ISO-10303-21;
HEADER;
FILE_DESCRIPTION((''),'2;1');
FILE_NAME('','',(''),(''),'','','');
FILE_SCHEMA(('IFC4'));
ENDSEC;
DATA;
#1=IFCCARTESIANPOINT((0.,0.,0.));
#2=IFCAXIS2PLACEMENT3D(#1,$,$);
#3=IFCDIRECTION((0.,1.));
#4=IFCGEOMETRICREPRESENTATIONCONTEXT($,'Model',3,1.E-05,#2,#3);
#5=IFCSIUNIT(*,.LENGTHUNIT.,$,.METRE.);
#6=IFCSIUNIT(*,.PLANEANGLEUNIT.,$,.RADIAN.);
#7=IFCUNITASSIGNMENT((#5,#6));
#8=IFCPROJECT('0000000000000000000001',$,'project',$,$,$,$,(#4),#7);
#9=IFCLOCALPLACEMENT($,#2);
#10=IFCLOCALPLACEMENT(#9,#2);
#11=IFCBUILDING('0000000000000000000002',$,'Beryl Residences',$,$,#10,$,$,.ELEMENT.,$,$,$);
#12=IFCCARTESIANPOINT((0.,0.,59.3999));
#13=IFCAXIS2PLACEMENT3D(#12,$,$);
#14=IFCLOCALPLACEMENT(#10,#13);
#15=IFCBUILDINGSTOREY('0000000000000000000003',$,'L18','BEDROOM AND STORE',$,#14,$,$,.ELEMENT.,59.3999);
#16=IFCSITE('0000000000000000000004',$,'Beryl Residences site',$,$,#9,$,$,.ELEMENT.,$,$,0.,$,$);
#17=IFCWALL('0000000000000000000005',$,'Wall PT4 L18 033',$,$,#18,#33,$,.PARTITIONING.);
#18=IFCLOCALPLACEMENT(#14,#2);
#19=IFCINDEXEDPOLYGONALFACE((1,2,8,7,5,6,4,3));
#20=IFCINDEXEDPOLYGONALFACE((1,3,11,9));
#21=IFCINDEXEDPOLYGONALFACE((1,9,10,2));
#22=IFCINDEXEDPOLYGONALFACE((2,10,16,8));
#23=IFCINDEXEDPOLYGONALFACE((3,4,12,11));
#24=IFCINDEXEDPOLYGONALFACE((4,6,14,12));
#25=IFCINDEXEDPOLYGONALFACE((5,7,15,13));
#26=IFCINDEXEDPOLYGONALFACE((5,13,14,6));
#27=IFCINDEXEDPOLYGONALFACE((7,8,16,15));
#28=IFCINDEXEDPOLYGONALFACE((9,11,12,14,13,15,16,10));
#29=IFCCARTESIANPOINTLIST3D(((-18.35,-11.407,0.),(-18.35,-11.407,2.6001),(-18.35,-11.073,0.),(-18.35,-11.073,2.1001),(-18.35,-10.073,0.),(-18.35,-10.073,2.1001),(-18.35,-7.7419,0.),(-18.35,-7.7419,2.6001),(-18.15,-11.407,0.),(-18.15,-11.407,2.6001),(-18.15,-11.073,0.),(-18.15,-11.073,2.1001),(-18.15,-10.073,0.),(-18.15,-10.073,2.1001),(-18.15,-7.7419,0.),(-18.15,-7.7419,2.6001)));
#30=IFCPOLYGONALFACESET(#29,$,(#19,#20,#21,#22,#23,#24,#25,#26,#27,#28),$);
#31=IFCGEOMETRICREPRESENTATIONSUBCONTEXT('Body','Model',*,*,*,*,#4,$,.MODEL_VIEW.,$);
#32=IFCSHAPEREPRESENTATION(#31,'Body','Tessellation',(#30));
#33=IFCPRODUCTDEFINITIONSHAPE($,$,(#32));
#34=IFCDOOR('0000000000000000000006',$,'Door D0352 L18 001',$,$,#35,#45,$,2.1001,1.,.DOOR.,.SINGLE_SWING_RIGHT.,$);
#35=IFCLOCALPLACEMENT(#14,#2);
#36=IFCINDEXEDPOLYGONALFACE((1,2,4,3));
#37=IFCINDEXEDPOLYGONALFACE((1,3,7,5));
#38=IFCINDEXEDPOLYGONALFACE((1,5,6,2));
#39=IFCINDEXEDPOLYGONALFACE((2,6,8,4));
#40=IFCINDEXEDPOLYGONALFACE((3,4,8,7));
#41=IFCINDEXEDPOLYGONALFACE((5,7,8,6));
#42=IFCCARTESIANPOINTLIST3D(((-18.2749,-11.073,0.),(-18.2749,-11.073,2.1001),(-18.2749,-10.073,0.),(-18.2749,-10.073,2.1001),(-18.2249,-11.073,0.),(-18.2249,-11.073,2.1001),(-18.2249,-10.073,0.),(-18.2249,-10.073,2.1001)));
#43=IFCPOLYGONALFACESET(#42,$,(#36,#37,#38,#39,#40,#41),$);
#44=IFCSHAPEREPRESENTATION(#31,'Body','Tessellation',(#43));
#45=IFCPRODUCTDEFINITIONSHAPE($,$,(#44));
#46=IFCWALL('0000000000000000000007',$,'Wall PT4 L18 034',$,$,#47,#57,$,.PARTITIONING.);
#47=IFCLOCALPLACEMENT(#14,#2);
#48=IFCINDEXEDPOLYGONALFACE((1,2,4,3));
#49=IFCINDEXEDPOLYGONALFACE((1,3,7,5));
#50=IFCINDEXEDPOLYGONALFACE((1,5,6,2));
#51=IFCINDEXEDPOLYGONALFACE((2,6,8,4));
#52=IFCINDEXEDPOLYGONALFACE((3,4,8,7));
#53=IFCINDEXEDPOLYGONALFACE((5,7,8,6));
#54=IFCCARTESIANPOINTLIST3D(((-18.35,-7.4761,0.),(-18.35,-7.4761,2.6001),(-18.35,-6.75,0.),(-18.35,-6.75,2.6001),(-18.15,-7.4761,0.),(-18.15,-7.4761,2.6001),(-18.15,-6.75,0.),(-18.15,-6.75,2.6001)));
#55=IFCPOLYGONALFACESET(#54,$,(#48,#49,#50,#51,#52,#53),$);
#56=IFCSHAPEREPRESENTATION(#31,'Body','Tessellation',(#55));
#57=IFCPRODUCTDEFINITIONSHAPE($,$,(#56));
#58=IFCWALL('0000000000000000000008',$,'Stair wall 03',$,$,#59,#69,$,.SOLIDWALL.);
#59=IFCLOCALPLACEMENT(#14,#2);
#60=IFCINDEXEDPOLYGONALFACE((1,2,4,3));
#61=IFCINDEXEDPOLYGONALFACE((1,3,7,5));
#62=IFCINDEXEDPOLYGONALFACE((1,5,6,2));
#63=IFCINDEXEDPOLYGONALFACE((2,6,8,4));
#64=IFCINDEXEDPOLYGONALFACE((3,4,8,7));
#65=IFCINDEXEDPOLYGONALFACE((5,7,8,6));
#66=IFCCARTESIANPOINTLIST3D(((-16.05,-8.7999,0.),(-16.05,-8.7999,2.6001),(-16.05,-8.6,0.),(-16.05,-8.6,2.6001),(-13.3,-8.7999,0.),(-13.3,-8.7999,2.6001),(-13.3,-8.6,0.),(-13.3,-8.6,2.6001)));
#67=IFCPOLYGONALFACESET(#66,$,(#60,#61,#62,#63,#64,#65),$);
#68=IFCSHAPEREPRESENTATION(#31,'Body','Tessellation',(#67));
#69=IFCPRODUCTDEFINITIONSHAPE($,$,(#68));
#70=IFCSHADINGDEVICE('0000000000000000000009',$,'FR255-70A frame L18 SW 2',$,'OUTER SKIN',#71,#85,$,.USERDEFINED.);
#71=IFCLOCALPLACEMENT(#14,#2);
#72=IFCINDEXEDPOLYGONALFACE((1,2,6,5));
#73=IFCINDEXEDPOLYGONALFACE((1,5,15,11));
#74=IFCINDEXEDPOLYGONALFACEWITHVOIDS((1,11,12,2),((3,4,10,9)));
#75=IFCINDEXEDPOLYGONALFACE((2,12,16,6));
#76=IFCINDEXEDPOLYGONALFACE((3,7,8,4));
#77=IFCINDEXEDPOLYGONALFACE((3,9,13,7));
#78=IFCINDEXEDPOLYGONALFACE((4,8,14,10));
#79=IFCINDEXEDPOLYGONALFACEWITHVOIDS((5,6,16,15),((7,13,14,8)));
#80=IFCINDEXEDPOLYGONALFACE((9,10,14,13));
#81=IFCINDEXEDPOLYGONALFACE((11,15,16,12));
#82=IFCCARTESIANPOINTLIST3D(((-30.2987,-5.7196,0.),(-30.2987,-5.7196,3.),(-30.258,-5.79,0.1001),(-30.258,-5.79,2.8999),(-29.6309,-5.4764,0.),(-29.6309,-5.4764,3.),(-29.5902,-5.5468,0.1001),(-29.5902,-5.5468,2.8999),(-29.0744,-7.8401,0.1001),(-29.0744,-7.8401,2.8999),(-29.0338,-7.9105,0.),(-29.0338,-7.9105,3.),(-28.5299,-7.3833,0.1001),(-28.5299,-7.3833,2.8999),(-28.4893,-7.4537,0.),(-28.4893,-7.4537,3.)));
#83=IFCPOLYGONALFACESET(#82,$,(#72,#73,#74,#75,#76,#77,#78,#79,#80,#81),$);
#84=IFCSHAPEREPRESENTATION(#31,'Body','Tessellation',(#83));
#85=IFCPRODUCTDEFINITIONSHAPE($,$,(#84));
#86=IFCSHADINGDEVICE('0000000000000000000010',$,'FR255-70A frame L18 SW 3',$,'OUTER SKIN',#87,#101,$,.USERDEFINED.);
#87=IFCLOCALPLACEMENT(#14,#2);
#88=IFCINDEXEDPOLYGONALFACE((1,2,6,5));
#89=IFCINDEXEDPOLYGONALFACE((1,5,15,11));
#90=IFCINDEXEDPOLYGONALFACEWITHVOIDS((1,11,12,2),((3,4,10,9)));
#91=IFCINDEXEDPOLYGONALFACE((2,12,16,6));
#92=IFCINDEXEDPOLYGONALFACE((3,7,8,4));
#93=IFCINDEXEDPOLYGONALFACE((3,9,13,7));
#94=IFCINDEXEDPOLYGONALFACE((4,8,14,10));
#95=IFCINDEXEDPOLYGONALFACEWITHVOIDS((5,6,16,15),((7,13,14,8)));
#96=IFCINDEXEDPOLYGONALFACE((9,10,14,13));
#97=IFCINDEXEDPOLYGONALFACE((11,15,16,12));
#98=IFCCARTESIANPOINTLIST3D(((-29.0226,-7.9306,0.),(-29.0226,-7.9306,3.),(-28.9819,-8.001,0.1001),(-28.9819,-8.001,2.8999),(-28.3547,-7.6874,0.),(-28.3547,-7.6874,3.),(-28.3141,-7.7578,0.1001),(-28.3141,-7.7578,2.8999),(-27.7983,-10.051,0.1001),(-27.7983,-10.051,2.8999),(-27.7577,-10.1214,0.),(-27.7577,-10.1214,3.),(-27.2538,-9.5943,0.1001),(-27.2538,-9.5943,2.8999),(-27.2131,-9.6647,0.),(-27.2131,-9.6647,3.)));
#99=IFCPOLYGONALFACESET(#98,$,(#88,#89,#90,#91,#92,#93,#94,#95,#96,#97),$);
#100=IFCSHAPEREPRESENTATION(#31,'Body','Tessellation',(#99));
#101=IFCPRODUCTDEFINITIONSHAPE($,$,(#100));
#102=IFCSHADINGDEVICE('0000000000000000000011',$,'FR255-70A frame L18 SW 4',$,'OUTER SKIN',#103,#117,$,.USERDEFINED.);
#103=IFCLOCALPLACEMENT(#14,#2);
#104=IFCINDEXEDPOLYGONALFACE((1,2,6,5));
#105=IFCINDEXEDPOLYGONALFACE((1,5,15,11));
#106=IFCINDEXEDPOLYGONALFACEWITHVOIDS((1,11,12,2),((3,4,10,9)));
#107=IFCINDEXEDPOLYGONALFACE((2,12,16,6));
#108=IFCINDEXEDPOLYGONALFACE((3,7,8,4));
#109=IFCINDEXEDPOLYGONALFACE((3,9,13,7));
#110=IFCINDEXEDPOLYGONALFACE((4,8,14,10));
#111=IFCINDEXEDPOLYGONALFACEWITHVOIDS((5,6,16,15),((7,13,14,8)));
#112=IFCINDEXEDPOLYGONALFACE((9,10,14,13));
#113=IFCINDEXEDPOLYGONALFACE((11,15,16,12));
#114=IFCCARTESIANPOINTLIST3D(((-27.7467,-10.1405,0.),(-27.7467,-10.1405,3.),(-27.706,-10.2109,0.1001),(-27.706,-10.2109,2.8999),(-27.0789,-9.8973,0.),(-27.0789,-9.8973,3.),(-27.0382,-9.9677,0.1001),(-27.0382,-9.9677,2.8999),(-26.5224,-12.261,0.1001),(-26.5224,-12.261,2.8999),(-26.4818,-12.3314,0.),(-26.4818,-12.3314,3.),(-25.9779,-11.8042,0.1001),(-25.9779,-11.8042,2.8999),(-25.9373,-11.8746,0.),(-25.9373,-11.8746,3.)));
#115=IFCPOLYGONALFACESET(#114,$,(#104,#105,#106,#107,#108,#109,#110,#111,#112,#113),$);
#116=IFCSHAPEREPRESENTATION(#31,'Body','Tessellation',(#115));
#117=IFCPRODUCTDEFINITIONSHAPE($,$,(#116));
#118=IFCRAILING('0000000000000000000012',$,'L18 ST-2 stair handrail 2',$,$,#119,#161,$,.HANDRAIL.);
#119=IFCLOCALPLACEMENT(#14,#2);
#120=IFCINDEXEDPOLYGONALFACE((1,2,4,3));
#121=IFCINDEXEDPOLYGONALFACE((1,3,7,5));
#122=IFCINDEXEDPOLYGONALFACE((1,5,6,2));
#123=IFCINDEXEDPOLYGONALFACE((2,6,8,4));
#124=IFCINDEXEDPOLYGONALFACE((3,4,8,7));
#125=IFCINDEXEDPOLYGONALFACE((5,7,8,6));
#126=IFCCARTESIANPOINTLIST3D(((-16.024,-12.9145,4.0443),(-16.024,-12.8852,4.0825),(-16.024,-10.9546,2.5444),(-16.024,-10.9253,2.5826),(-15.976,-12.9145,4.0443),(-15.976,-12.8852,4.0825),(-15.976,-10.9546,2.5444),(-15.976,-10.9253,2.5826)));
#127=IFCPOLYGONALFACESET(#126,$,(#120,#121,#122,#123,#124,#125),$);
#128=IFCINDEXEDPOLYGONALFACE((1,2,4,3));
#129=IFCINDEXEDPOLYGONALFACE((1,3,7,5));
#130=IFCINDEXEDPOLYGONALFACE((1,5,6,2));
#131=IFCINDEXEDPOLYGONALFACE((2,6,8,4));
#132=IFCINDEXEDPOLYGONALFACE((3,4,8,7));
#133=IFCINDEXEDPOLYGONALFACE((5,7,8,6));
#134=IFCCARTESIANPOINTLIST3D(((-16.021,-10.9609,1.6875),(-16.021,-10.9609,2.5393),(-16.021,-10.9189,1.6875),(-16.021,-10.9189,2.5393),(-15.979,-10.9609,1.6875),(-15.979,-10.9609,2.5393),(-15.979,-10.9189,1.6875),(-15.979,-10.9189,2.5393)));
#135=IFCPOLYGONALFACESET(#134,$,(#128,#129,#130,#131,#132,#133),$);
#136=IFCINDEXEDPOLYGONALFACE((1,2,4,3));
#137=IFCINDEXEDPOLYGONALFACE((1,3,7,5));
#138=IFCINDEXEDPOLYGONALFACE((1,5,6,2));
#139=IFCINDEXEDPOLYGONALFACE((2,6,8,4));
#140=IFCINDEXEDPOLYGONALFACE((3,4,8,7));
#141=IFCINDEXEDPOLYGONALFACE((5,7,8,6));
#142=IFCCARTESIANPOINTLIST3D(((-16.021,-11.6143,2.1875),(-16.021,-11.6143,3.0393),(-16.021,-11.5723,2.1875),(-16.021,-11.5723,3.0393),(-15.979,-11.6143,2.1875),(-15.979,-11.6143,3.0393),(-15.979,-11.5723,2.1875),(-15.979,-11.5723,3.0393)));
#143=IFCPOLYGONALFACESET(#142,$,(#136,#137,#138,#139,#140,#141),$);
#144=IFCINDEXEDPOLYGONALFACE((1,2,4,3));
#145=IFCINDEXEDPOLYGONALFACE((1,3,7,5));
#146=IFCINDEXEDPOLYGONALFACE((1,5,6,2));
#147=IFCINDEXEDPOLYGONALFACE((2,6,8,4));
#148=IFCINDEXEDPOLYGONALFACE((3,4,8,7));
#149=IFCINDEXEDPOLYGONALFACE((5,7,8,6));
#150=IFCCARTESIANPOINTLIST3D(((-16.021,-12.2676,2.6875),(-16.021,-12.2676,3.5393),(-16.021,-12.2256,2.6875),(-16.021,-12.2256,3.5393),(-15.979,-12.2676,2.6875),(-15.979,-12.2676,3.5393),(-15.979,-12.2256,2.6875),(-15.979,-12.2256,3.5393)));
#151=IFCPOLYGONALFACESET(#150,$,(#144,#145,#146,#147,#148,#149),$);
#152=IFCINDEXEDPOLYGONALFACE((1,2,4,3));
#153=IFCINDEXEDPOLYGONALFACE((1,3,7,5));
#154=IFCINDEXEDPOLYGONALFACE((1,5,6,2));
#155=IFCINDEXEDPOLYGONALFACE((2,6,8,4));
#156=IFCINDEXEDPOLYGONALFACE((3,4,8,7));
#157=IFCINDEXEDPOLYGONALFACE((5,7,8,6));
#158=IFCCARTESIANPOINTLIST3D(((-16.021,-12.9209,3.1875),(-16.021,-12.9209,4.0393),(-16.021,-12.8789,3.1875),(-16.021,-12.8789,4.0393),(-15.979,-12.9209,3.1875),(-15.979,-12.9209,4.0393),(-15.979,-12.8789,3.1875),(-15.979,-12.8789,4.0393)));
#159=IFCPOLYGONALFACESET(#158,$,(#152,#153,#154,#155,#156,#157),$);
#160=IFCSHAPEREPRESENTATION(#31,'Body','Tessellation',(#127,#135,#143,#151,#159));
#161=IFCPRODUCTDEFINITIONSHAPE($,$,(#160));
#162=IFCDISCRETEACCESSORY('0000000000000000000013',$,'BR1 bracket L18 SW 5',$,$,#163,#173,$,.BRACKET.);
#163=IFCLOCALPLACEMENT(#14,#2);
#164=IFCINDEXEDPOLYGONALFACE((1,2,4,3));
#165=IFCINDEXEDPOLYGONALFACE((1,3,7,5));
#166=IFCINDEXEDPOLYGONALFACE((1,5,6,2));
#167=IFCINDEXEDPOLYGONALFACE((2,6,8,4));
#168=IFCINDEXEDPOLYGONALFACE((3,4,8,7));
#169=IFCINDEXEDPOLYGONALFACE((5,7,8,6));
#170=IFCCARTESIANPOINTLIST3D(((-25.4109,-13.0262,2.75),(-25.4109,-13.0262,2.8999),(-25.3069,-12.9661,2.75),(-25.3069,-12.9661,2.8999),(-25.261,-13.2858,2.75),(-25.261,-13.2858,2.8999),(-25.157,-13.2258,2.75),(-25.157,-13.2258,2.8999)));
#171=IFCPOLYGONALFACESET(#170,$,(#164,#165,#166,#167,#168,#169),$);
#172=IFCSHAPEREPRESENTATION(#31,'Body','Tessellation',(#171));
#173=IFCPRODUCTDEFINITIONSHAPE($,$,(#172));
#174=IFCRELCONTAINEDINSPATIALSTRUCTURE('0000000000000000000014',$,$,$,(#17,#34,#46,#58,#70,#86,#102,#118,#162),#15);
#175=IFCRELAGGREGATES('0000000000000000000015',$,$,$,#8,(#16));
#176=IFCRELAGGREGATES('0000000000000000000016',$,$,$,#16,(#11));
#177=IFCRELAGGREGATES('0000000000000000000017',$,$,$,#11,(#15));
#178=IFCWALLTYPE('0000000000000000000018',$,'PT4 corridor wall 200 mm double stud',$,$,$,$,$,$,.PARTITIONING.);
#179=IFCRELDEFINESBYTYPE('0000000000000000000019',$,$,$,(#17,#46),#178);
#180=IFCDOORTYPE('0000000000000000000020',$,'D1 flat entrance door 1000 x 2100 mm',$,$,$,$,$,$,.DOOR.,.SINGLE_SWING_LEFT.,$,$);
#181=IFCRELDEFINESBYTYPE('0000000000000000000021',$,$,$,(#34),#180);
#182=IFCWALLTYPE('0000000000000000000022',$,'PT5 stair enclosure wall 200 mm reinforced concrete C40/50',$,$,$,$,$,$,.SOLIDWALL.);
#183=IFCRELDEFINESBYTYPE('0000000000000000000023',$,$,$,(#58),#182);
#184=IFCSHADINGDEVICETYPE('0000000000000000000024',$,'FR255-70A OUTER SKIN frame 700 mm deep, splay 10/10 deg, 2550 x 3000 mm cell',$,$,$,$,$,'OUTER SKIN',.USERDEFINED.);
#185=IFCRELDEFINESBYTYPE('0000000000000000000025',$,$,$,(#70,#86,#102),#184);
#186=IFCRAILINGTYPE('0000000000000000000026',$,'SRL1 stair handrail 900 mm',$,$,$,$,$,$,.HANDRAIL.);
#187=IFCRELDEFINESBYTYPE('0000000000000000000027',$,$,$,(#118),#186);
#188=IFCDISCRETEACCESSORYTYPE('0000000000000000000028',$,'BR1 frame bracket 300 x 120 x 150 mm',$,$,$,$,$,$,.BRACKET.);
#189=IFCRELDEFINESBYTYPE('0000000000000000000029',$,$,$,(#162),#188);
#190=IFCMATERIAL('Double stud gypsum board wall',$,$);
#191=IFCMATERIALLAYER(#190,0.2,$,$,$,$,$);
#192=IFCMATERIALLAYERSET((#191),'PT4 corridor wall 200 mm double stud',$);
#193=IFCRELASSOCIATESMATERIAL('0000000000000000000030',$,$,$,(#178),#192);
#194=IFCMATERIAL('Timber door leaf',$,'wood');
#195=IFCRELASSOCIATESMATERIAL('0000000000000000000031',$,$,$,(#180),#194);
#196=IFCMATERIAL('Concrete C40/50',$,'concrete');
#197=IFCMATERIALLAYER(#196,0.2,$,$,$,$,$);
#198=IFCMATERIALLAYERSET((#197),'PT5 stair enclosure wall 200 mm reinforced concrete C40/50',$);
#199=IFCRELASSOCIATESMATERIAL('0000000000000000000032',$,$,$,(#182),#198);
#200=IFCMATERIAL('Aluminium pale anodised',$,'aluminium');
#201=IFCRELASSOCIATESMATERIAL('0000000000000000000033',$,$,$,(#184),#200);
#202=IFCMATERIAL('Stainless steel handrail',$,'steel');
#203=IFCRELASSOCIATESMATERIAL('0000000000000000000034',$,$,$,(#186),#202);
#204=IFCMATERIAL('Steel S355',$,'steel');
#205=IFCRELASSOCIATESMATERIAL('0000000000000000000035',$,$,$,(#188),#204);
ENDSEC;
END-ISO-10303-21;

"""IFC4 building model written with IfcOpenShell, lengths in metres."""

from ifc_helpers import new_model, entity, si_unit, direction, frame, frame_2d, origin, origin_2d, place, context, subcontext, project, spatial, polyline, rectangle, outline, extrude, source, transform, mapped, material, layer, layer_set, type_object, type_shapes, element, fill, save


model = new_model("IFC4")

# Units and contexts
model_context = context("Model", 3, precision=1e-05, world=origin(), true_north=direction((0.0, 1.0)))
body_context = subcontext(model_context, "Body", "Model", "MODEL_VIEW")
ifc_project = project(units=[si_unit("LENGTHUNIT", "METRE"), si_unit("PLANEANGLEUNIT", "RADIAN")], contexts=[model_context])

# Site, building, storey
site_placement = place(None, origin())
site = spatial("IfcSite", under=ifc_project, at=site_placement, Name="Beryl Residences site", CompositionType="ELEMENT", RefElevation=0.0)
building_placement = place(site_placement, origin())
building = spatial("IfcBuilding", under=site, at=building_placement, Name="Beryl Residences", CompositionType="ELEMENT")
storey_placement = place(building_placement, frame((0.0, 0.0, 59.3999)))
storey = spatial("IfcBuildingStorey", under=building, at=storey_placement, Name="L18", Description="BEDROOM AND STORE", CompositionType="ELEMENT", Elevation=59.3999)

# Shared definitions
ifc_material_1 = material(Name="Double stud gypsum board wall")
ifc_layer_1 = layer(ifc_material_1, 0.2)
ifc_layer_set_1 = layer_set([ifc_layer_1], Name="PT4 corridor wall 200 mm double stud")
wall_type_1 = type_object("IfcWallType", Name="PT4 corridor wall 200 mm double stud", PredefinedType="PARTITIONING", material=ifc_layer_set_1)

# Wall, opening, door
wall_1_placement = place(storey_placement, frame((-18.25, -11.407, 0.0), z_axis=(0.0, 0.0, 1.0), x_axis=(0.0, 1.0, 0.0)))
wall_1 = element("IfcWall", 1, at=wall_1_placement, inside=storey, type_object=wall_type_1, Name="Wall PT4 L18 033", PredefinedType="PARTITIONING", context=body_context, shape_type="SweptSolid", body=[
    extrude(rectangle(XDim=3.665, YDim=0.2, at=frame_2d((1.8325, 0.0))), origin(), (0.0, 0.0, 1.0), 2.6001),
])
opening_1_placement = place(wall_1_placement, frame((0.334, 0.0, 0.0)))
opening_1 = element("IfcOpeningElement", 2, at=opening_1_placement, cuts=wall_1, PredefinedType="OPENING", context=body_context, shape_type="SweptSolid", body=[
    extrude(rectangle(XDim=1.0, YDim=2.1001, at=frame_2d((0.5, 1.05))), frame((0.0, 0.1099, 0.0), z_axis=(0.0, -1.0, 0.0), x_axis=(1.0, 0.0, 0.0)), (0.0, 0.0, 1.0), 0.22),
])
ifc_material_2 = material(Name="Timber door leaf", Category="wood")
door_type_1 = type_object("IfcDoorType", Name="D1 flat entrance door 1000 x 2100 mm", OperationType="SINGLE_SWING_LEFT", PredefinedType="DOOR", material=ifc_material_2)
door_1_placement = place(opening_1_placement, origin())
door_1 = element("IfcDoor", 3, at=door_1_placement, inside=storey, type_object=door_type_1, Name="Door D0352 L18 001", OperationType="SINGLE_SWING_RIGHT", OverallHeight=2.1001, OverallWidth=1.0, PredefinedType="DOOR", context=body_context, shape_type="SweptSolid", body=[
    extrude(rectangle(XDim=1.0, YDim=2.1001, at=frame_2d((0.5, 1.05))), frame((0.0, 0.0249, 0.0), z_axis=(0.0, -1.0, 0.0), x_axis=(1.0, 0.0, 0.0)), (0.0, 0.0, 1.0), 0.05),
])
fill(opening_1, door_1)

# Walls
wall_2_placement = place(storey_placement, frame((-18.25, -7.4761, 0.0), z_axis=(0.0, 0.0, 1.0), x_axis=(0.0, 1.0, 0.0)))
element("IfcWall", 4, at=wall_2_placement, inside=storey, type_object=wall_type_1, Name="Wall PT4 L18 034", PredefinedType="PARTITIONING", context=body_context, shape_type="SweptSolid", body=[
    extrude(rectangle(XDim=0.7261, YDim=0.2, at=frame_2d((0.363, 0.0))), origin(), (0.0, 0.0, 1.0), 2.6001),
])
ifc_material_3 = material(Name="Concrete C40/50", Category="concrete")
ifc_layer_2 = layer(ifc_material_3, 0.2)
ifc_layer_set_2 = layer_set([ifc_layer_2], Name="PT5 stair enclosure wall 200 mm reinforced concrete C40/50")
wall_type_2 = type_object("IfcWallType", Name="PT5 stair enclosure wall 200 mm reinforced concrete C40/50", PredefinedType="SOLIDWALL", material=ifc_layer_set_2)
wall_3_placement = place(storey_placement, frame((-16.05, -8.7, 0.0), z_axis=(0.0, 0.0, 1.0), x_axis=(1.0, 0.0, 0.0)))
element("IfcWall", 5, at=wall_3_placement, inside=storey, type_object=wall_type_2, Name="Stair wall 03", PredefinedType="SOLIDWALL", context=body_context, shape_type="SweptSolid", body=[
    extrude(rectangle(XDim=2.75, YDim=0.2, at=frame_2d((1.375, 0.0))), origin(), (0.0, 0.0, 1.0), 2.6001),
])

# Shading devices
ifc_material_4 = material(Name="Aluminium pale anodised", Category="aluminium")
shading_device_type = type_object("IfcShadingDeviceType", Name="FR255-70A OUTER SKIN frame 700 mm deep, splay 10/10 deg, 2550 x 3000 mm cell", ElementType="OUTER SKIN", PredefinedType="USERDEFINED", material=ifc_material_4)
cartesian_point_1 = entity("IfcCartesianPoint", [-1.1416, 0.0])
cartesian_point_2 = entity("IfcCartesianPoint", [-1.0603, 0.1001])
cartesian_point_3 = entity("IfcCartesianPoint", [-1.2649, 0.0])
cartesian_point_4 = entity("IfcCartesianPoint", [-1.1836, 0.1001])
shared_shape_1 = source(origin(), body_context, "Body", "SweptSolid", [
    entity("IfcExtrudedAreaSolidTapered", entity("IfcArbitraryProfileDefWithVoids", "AREA", None, entity("IfcPolyline", [cartesian_point_1, entity("IfcCartesianPoint", [1.1416, 0.0]), entity("IfcCartesianPoint", [1.1416, 3.0]), entity("IfcCartesianPoint", [-1.1416, 3.0]), cartesian_point_1]), [entity("IfcPolyline", [cartesian_point_2, entity("IfcCartesianPoint", [1.0603, 0.1001]), entity("IfcCartesianPoint", [1.0603, 2.8999]), entity("IfcCartesianPoint", [-1.0603, 2.8999]), cartesian_point_2])]), entity("IfcAxis2Placement3D", entity("IfcCartesianPoint", [0.0, 0.0, 0.0]), entity("IfcDirection", [0.0, 1.0, 0.0]), entity("IfcDirection", [-1.0, 0.0, 0.0])), entity("IfcDirection", [0.0, 0.0, 1.0]), 0.7, entity("IfcArbitraryProfileDefWithVoids", "AREA", None, entity("IfcPolyline", [cartesian_point_3, entity("IfcCartesianPoint", [1.2649, 0.0]), entity("IfcCartesianPoint", [1.2649, 3.0]), entity("IfcCartesianPoint", [-1.2649, 3.0]), cartesian_point_3]), [entity("IfcPolyline", [cartesian_point_4, entity("IfcCartesianPoint", [1.1836, 0.1001]), entity("IfcCartesianPoint", [1.1836, 2.8999]), entity("IfcCartesianPoint", [-1.1836, 2.8999]), cartesian_point_4])])),
])
type_shapes(shading_device_type, [shared_shape_1])
for number, where, z_axis, x_axis, name in (
    (6, (-29.0601, -6.4651, 0.0), (0.0, 0.0, 1.0), (-0.5, 0.866025, 0.0), "FR255-70A frame L18 SW 2"),
    (7, (-27.7839, -8.676, 0.0), (0.0, 0.0, 1.0), (-0.5, 0.866025, 0.0), "FR255-70A frame L18 SW 3"),
    (8, (-26.5081, -10.886, 0.0), (0.0, 0.0, 1.0), (-0.5, 0.866025, 0.0), "FR255-70A frame L18 SW 4"),
):
    element("IfcShadingDevice", number, at=place(storey_placement, frame(where, z_axis=z_axis, x_axis=x_axis)), inside=storey, type_object=shading_device_type, Name=name, ObjectType="OUTER SKIN", PredefinedType="USERDEFINED", context=body_context, shape_type="MappedRepresentation", body=[
        mapped(shared_shape_1, transform((0.0, 0.0, 0.0))),
    ])

# Railing
ifc_material_5 = material(Name="Stainless steel handrail", Category="steel")
railing_type = type_object("IfcRailingType", Name="SRL1 stair handrail 900 mm", PredefinedType="HANDRAIL", material=ifc_material_5)
railing_placement = place(storey_placement, frame((-16.0, -10.9399, 1.6875)))
element("IfcRailing", 9, at=railing_placement, inside=storey, type_object=railing_type, Name="L18 ST-2 stair handrail 2", PredefinedType="HANDRAIL", context=body_context, shape_type="SweptSolid", body=[
    extrude(rectangle(XDim=0.0481, YDim=0.0481, at=origin_2d()), frame((0.0, 0.0, 0.876), z_axis=(0.0, -0.794122, 0.607758), x_axis=(1.0, 0.0, 0.0)), (0.0, 0.0, 1.0), 2.468),
    extrude(rectangle(XDim=0.042, YDim=0.042, at=origin_2d()), origin(), (0.0, 0.0, 1.0), 0.8518),
    extrude(rectangle(XDim=0.042, YDim=0.042, at=origin_2d()), frame((0.0, -0.6533, 0.5)), (0.0, 0.0, 1.0), 0.8518),
    extrude(rectangle(XDim=0.042, YDim=0.042, at=origin_2d()), frame((0.0, -1.3066, 1.0)), (0.0, 0.0, 1.0), 0.8518),
    extrude(rectangle(XDim=0.042, YDim=0.042, at=origin_2d()), frame((0.0, -1.96, 1.5)), (0.0, 0.0, 1.0), 0.8518),
])

# Discrete accessory
ifc_material_6 = material(Name="Steel S355", Category="steel")
discrete_accessory_type = type_object("IfcDiscreteAccessoryType", Name="BR1 frame bracket 300 x 120 x 150 mm", PredefinedType="BRACKET", material=ifc_material_6)
shared_shape_2 = source(origin(), body_context, "Body", "SweptSolid", [
    extrude(outline(polyline([(-0.1499, 0.0), (0.1499, 0.0), (0.1499, 0.1201), (-0.1499, 0.1201), (-0.1499, 0.0)])), origin(), (0.0, 0.0, 1.0), 0.1499),
])
type_shapes(discrete_accessory_type, [shared_shape_2])
discrete_accessory_placement = place(storey_placement, frame((-25.2319, -13.0959, 2.75), z_axis=(0.0, 0.0, 1.0), x_axis=(-0.5, 0.866025, 0.0)))
element("IfcDiscreteAccessory", 10, at=discrete_accessory_placement, inside=storey, type_object=discrete_accessory_type, Name="BR1 bracket L18 SW 5", PredefinedType="BRACKET", context=body_context, shape_type="MappedRepresentation", body=[
    mapped(shared_shape_2, transform((0.0, 0.0, 0.0))),
])

save(model, "model.ifc")
